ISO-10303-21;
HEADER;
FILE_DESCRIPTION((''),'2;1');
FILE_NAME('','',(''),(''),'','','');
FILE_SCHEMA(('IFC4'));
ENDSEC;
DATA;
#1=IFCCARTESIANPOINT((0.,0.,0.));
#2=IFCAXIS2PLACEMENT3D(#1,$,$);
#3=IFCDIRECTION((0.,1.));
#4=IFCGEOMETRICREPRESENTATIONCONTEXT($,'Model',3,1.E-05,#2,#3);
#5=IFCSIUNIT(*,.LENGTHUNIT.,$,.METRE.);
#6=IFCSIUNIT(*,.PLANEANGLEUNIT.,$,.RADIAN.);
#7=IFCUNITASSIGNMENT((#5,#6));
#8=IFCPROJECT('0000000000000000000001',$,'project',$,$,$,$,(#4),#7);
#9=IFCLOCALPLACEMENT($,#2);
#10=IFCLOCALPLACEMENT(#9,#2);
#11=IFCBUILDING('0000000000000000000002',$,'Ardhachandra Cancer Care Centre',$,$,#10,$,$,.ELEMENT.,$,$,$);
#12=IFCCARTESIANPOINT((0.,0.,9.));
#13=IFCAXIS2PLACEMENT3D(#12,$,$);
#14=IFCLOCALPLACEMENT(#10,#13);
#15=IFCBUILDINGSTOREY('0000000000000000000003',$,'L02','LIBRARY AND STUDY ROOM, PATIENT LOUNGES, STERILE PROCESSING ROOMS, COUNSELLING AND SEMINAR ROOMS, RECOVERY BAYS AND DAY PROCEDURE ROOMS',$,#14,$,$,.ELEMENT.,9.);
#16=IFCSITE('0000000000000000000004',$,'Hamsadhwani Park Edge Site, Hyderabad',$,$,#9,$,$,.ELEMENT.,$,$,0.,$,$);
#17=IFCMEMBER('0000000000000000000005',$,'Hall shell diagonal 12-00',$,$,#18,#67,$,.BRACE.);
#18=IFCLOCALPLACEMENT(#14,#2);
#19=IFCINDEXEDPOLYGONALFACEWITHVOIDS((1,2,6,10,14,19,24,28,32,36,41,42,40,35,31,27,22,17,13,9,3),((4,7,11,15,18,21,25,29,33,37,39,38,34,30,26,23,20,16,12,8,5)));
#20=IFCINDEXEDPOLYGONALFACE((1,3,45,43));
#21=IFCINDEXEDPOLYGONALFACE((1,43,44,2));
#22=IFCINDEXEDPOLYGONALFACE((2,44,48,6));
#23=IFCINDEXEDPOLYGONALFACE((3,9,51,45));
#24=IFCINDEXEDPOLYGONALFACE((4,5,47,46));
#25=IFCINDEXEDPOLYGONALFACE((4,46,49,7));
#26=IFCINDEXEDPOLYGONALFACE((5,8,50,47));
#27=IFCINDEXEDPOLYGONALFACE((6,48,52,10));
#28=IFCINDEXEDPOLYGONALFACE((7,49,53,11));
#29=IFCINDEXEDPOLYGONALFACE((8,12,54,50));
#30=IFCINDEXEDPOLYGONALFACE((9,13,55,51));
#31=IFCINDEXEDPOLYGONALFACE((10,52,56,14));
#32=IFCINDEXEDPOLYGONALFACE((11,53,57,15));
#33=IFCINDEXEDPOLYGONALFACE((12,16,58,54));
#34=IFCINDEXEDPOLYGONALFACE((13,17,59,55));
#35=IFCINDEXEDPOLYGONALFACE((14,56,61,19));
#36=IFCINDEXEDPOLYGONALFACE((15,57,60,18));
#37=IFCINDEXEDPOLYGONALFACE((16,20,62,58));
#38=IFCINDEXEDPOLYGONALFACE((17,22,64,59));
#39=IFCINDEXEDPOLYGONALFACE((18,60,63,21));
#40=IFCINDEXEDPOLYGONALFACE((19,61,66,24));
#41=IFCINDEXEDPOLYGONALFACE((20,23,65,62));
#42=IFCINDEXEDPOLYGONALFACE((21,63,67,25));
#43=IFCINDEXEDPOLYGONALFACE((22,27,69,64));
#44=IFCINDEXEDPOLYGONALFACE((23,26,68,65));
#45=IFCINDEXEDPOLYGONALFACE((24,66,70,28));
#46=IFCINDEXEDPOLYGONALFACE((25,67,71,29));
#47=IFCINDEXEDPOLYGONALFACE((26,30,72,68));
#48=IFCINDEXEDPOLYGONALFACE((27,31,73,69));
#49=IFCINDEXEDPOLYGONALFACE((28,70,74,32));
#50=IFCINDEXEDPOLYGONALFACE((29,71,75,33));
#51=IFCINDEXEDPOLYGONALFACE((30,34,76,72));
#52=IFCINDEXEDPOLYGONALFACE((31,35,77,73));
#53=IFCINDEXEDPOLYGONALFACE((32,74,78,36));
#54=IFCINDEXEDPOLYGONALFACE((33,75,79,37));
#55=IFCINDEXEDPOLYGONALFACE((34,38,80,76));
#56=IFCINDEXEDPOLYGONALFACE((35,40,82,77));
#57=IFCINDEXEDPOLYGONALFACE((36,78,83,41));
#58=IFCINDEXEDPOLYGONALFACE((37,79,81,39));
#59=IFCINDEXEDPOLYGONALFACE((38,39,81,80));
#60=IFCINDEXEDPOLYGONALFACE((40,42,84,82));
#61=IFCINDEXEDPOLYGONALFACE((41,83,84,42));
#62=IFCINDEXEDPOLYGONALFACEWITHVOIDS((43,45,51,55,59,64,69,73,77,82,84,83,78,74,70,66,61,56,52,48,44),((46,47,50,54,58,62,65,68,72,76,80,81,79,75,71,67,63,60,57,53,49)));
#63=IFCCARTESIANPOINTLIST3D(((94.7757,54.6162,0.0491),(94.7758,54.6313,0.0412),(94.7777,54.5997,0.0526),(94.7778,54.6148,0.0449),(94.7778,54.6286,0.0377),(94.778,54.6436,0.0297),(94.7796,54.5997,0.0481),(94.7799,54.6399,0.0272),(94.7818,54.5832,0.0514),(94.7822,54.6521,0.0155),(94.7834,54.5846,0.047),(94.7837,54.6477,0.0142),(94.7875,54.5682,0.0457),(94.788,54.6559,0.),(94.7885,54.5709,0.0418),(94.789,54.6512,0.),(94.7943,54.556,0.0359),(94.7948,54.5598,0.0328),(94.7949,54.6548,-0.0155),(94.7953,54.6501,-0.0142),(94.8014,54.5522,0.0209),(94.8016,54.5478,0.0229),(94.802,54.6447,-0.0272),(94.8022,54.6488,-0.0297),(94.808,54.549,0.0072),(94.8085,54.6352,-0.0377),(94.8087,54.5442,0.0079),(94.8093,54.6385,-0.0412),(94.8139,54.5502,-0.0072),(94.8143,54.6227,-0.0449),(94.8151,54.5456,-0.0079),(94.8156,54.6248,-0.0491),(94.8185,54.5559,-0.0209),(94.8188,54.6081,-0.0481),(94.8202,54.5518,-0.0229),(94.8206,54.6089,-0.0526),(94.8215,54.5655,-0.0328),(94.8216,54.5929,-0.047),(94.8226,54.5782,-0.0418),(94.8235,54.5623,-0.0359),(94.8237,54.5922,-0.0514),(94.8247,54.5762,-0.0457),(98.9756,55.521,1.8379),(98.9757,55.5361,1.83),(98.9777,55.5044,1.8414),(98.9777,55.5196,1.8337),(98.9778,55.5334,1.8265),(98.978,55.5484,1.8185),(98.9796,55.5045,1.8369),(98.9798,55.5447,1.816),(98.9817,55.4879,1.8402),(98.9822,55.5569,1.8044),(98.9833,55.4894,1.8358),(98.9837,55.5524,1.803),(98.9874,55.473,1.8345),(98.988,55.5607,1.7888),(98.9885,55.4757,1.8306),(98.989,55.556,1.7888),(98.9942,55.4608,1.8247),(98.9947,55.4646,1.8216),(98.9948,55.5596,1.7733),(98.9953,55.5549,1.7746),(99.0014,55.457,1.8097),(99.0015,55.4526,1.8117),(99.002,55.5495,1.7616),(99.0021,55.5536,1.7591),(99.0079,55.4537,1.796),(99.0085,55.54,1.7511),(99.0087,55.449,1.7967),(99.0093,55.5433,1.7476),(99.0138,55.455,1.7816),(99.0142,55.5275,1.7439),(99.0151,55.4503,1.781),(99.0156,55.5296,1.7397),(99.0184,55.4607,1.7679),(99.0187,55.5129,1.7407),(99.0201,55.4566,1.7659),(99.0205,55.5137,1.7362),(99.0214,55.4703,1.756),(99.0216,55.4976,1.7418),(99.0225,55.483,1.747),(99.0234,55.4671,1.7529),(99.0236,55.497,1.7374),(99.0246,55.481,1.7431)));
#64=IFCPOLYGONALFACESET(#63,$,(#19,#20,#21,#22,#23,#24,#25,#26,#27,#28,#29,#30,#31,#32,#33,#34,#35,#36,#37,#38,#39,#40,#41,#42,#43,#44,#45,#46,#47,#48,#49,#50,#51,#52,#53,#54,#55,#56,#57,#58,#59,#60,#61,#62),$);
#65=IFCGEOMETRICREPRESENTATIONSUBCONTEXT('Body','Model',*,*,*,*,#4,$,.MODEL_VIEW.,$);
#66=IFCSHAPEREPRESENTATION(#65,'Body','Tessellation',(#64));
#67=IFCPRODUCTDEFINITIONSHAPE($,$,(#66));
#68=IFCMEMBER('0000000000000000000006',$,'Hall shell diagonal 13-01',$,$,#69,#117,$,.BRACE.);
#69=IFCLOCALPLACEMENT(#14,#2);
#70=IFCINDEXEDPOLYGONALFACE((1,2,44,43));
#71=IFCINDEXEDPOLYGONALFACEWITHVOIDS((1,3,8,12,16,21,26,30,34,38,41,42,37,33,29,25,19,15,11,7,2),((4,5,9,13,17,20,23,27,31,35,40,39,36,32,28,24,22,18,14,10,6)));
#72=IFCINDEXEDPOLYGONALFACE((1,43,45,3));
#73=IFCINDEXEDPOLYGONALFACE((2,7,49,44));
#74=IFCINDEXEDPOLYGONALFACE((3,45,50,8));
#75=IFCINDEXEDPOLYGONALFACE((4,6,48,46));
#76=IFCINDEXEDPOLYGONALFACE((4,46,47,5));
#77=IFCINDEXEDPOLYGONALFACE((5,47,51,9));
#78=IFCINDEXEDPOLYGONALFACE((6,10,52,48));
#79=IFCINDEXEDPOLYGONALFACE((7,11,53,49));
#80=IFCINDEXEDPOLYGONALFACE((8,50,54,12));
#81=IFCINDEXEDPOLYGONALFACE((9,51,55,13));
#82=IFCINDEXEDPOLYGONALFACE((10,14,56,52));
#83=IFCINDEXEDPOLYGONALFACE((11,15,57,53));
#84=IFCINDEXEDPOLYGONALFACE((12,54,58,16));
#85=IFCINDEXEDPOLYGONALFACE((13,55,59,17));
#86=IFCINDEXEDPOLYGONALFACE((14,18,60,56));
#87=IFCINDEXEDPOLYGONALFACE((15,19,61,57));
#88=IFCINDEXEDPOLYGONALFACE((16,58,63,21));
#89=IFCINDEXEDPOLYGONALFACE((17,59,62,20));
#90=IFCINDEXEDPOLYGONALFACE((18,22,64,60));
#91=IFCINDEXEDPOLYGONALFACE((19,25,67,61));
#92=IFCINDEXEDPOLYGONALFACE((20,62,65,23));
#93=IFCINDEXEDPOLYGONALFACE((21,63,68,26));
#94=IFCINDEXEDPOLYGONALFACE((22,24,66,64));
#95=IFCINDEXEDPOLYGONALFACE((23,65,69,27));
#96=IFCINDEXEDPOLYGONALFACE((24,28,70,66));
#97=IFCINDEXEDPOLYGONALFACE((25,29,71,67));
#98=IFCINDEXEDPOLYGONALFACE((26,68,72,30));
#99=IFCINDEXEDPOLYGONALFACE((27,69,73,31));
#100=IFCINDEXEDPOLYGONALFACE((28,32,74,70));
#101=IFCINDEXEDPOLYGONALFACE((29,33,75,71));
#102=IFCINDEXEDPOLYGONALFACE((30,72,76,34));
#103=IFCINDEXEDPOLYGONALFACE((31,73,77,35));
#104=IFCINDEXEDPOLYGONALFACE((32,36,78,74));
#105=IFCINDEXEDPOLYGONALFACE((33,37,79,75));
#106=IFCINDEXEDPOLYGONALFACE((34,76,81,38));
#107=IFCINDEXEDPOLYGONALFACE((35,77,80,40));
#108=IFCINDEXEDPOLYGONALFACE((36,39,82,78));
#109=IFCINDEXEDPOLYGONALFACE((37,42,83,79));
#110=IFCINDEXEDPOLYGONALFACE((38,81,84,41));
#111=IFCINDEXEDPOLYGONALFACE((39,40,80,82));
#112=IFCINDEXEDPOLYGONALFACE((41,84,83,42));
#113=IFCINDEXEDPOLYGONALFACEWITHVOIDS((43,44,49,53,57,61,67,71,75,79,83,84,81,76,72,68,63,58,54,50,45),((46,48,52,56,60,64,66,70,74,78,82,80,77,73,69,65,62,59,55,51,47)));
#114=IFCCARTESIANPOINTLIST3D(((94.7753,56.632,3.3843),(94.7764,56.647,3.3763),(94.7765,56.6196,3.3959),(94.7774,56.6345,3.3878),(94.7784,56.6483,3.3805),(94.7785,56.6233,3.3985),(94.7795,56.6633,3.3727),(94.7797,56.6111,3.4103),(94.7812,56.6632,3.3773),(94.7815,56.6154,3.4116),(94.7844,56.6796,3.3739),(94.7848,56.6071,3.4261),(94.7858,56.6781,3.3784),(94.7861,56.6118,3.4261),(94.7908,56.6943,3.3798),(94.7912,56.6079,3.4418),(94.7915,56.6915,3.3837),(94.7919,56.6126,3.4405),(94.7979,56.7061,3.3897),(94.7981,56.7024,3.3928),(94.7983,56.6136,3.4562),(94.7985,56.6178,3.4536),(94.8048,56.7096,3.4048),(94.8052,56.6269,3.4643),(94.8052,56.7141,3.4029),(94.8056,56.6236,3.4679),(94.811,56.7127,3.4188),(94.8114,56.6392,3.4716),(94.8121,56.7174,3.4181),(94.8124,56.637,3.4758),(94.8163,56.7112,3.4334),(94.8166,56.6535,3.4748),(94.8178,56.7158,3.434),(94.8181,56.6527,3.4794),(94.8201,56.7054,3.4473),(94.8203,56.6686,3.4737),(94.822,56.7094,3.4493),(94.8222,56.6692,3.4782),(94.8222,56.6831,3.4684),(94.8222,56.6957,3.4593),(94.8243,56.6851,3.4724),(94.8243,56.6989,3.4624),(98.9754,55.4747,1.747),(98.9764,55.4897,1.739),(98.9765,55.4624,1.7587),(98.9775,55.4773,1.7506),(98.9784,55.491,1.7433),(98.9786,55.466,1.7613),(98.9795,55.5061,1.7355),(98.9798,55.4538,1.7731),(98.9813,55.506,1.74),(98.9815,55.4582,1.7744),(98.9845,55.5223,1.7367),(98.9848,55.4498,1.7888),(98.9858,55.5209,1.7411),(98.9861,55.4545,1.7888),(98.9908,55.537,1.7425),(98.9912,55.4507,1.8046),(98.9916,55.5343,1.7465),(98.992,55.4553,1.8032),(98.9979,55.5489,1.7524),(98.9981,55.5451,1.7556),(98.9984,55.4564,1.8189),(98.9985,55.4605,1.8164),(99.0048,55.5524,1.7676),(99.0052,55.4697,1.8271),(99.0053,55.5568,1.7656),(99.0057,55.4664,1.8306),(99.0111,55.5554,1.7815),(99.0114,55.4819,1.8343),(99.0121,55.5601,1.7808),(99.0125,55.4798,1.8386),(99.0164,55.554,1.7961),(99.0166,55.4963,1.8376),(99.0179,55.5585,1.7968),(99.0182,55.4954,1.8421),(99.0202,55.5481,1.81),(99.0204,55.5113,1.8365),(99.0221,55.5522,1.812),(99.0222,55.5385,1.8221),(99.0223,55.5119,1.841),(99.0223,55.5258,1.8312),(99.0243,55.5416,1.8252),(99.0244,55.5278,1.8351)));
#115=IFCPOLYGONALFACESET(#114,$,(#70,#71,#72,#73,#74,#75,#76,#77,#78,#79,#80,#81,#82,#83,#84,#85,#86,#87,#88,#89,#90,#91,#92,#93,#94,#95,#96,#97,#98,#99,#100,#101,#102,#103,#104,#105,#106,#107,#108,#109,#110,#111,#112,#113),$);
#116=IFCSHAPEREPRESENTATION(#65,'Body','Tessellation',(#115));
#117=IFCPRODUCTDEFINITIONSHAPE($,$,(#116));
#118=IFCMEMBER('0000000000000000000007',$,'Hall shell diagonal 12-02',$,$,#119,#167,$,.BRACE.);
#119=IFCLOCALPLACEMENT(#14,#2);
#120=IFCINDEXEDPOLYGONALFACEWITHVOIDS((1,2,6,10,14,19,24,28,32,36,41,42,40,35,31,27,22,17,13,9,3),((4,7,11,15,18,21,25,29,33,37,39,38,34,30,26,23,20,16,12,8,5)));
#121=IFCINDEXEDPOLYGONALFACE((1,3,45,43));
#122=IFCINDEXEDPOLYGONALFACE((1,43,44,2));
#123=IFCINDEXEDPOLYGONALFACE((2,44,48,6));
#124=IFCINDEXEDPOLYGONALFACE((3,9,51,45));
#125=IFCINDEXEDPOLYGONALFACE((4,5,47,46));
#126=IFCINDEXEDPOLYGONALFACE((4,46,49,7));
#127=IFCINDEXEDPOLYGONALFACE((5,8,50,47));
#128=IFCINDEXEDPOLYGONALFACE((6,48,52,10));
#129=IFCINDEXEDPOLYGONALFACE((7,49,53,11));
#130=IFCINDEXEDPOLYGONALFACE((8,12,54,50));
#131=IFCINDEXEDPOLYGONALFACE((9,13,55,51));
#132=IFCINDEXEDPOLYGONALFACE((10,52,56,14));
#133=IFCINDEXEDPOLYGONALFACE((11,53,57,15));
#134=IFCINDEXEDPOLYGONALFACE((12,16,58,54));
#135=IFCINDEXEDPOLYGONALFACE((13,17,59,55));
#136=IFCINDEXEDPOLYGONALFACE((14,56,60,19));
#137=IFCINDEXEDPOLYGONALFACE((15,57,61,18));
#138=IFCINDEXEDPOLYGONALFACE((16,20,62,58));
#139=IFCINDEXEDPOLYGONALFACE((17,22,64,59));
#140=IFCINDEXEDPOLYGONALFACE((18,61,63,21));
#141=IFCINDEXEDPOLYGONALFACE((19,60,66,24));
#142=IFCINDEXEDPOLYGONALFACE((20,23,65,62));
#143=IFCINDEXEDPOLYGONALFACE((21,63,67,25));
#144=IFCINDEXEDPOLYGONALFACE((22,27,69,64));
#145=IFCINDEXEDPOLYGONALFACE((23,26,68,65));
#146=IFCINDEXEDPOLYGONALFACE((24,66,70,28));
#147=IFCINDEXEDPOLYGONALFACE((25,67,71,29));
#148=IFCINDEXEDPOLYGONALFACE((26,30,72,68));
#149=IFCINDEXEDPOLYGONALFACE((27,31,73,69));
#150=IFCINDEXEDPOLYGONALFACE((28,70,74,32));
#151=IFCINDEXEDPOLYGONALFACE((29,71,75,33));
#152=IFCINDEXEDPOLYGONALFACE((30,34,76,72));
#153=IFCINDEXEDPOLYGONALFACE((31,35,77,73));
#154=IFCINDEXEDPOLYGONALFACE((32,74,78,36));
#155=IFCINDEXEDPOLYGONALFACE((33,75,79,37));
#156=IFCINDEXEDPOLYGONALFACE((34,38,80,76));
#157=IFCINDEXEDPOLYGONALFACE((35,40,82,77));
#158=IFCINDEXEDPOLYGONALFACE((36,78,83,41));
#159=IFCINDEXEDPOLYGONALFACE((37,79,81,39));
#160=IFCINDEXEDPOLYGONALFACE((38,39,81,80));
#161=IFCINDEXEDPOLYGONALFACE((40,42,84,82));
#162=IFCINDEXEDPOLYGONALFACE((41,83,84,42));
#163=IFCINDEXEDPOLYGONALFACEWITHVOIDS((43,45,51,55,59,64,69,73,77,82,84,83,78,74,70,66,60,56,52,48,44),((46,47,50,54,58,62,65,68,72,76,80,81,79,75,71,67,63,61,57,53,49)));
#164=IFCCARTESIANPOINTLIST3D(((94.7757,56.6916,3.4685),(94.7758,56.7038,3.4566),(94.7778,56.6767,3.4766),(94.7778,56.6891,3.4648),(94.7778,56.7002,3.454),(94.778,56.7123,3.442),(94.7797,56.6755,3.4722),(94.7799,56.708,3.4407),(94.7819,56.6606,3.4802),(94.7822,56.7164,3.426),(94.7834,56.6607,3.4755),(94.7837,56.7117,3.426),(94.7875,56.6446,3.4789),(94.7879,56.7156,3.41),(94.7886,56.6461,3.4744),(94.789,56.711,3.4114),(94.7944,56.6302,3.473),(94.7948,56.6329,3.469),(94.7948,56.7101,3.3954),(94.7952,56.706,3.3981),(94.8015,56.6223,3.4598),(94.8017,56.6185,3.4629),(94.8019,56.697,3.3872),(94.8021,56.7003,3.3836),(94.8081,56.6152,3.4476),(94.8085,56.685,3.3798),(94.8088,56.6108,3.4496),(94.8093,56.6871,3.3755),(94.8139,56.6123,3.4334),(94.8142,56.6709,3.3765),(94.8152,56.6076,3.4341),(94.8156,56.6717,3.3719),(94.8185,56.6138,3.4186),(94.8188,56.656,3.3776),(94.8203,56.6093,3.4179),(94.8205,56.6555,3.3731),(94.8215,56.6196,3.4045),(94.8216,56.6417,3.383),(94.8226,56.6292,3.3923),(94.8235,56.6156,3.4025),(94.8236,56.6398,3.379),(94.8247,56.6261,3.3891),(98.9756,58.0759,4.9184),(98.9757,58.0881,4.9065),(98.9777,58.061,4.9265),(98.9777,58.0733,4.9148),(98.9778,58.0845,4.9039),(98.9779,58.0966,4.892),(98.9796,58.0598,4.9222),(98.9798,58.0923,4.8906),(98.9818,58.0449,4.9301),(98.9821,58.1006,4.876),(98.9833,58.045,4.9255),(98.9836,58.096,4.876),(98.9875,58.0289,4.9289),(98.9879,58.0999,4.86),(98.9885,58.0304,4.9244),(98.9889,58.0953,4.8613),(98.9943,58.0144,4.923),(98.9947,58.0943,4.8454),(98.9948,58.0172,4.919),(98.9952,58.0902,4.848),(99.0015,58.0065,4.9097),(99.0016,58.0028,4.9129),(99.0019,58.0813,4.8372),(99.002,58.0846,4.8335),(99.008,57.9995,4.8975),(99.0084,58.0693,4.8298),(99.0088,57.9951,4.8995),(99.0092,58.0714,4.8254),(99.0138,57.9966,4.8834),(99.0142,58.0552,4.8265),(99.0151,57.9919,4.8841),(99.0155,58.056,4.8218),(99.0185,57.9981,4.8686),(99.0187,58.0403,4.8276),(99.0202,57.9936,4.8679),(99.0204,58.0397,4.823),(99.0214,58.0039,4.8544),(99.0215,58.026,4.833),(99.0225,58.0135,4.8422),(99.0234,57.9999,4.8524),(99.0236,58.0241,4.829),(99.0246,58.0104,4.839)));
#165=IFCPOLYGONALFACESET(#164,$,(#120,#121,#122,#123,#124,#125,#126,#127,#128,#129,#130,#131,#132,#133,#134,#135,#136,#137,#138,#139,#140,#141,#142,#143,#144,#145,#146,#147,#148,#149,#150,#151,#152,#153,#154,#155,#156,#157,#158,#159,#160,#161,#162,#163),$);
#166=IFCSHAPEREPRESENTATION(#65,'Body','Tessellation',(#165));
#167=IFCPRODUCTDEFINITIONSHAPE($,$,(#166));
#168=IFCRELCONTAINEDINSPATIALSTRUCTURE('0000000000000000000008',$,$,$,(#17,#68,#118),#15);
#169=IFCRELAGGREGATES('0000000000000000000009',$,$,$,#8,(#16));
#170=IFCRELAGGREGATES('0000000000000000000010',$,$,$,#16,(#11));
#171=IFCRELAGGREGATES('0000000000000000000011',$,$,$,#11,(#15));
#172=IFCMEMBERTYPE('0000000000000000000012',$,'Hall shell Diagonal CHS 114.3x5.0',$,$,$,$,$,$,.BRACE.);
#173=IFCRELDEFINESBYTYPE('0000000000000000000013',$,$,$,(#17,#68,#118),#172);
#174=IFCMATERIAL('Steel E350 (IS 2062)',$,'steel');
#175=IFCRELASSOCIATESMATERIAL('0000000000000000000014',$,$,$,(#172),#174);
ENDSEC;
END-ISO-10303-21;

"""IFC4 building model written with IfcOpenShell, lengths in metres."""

from ifc_helpers import new_model, si_unit, direction, frame, origin, origin_2d, place, context, subcontext, project, spatial, hollow_circle, extrude, material, material_profile, profile_set, type_object, element, save


model = new_model("IFC4")

# Units and contexts
model_context = context("Model", 3, precision=1e-05, world=origin(), true_north=direction((0.0, 1.0)))
body_context = subcontext(model_context, "Body", "Model", "MODEL_VIEW")
ifc_project = project(units=[si_unit("LENGTHUNIT", "METRE"), si_unit("PLANEANGLEUNIT", "RADIAN")], contexts=[model_context])

# Site, building, storey
site_placement = place(None, origin())
site = spatial("IfcSite", under=ifc_project, at=site_placement, Name="Hamsadhwani Park Edge Site, Hyderabad", CompositionType="ELEMENT", RefElevation=0.0)
building_placement = place(site_placement, origin())
building = spatial("IfcBuilding", under=site, at=building_placement, Name="Ardhachandra Cancer Care Centre", CompositionType="ELEMENT")
storey_placement = place(building_placement, frame((0.0, 0.0, 9.0)))
storey = spatial("IfcBuildingStorey", under=building, at=storey_placement, Name="L02", Description="LIBRARY AND STUDY ROOM, PATIENT LOUNGES, STERILE PROCESSING ROOMS, COUNSELLING AND SEMINAR ROOMS, RECOVERY BAYS AND DAY PROCEDURE ROOMS", CompositionType="ELEMENT", Elevation=9.0)

# Members
ifc_material_1 = material(Name="Steel E350 (IS 2062)", Category="steel")
ifc_material_profile_1 = material_profile(ifc_material_1, hollow_circle(Radius=0.0571, WallThickness=0.0049, at=origin_2d()), Name="CHS 114.3x5.0")
ifc_profile_set_1 = profile_set([ifc_material_profile_1], Name="Steel E350 (IS 2062)")
member_type_1 = type_object("IfcMemberType", Name="Hall shell Diagonal CHS 114.3x5.0", PredefinedType="BRACE", material=ifc_profile_set_1)
for number, where, z_axis, x_axis, name in (
    (1, (94.8, 54.6001, 0.0), (0.902473, 0.194417, 0.384376), (-0.210596, 0.977573, 0.0), "Hall shell diagonal 12-00"),
):
    element("IfcMember", number, at=place(storey_placement, frame(where, z_axis=z_axis, x_axis=x_axis)), inside=storey, type_object=member_type_1, Name=name, PredefinedType="BRACE", context=body_context, shape_type="SweptSolid", body=[
        extrude(hollow_circle(Radius=0.0571, WallThickness=0.0049, at=origin_2d()), origin(), (0.0, 0.0, 1.0), 4.6538),
    ])
member_1_placement = place(storey_placement, frame((99.0, 55.5049, 1.7888), z_axis=(-0.90245, 0.248655, 0.351789), x_axis=(-0.265634, -0.964074, 0.0)))
element("IfcMember", 2, at=member_1_placement, inside=storey, type_object=member_type_1, Name="Hall shell diagonal 13-01", PredefinedType="BRACE", context=body_context, shape_type="SweptSolid", body=[
    extrude(hollow_circle(Radius=0.0571, WallThickness=0.0049, at=origin_2d()), origin(), (0.0, 0.0, 1.0), 4.6541),
])
member_2_placement = place(storey_placement, frame((94.8, 56.6621, 3.426), z_axis=(0.902471, 0.297449, 0.311561), x_axis=(-0.313029, 0.949743, 0.0)))
element("IfcMember", 3, at=member_2_placement, inside=storey, type_object=member_type_1, Name="Hall shell diagonal 12-02", PredefinedType="BRACE", context=body_context, shape_type="SweptSolid", body=[
    extrude(hollow_circle(Radius=0.0571, WallThickness=0.0049, at=origin_2d()), origin(), (0.0, 0.0, 1.0), 4.6538),
])

save(model, "model.ifc")
